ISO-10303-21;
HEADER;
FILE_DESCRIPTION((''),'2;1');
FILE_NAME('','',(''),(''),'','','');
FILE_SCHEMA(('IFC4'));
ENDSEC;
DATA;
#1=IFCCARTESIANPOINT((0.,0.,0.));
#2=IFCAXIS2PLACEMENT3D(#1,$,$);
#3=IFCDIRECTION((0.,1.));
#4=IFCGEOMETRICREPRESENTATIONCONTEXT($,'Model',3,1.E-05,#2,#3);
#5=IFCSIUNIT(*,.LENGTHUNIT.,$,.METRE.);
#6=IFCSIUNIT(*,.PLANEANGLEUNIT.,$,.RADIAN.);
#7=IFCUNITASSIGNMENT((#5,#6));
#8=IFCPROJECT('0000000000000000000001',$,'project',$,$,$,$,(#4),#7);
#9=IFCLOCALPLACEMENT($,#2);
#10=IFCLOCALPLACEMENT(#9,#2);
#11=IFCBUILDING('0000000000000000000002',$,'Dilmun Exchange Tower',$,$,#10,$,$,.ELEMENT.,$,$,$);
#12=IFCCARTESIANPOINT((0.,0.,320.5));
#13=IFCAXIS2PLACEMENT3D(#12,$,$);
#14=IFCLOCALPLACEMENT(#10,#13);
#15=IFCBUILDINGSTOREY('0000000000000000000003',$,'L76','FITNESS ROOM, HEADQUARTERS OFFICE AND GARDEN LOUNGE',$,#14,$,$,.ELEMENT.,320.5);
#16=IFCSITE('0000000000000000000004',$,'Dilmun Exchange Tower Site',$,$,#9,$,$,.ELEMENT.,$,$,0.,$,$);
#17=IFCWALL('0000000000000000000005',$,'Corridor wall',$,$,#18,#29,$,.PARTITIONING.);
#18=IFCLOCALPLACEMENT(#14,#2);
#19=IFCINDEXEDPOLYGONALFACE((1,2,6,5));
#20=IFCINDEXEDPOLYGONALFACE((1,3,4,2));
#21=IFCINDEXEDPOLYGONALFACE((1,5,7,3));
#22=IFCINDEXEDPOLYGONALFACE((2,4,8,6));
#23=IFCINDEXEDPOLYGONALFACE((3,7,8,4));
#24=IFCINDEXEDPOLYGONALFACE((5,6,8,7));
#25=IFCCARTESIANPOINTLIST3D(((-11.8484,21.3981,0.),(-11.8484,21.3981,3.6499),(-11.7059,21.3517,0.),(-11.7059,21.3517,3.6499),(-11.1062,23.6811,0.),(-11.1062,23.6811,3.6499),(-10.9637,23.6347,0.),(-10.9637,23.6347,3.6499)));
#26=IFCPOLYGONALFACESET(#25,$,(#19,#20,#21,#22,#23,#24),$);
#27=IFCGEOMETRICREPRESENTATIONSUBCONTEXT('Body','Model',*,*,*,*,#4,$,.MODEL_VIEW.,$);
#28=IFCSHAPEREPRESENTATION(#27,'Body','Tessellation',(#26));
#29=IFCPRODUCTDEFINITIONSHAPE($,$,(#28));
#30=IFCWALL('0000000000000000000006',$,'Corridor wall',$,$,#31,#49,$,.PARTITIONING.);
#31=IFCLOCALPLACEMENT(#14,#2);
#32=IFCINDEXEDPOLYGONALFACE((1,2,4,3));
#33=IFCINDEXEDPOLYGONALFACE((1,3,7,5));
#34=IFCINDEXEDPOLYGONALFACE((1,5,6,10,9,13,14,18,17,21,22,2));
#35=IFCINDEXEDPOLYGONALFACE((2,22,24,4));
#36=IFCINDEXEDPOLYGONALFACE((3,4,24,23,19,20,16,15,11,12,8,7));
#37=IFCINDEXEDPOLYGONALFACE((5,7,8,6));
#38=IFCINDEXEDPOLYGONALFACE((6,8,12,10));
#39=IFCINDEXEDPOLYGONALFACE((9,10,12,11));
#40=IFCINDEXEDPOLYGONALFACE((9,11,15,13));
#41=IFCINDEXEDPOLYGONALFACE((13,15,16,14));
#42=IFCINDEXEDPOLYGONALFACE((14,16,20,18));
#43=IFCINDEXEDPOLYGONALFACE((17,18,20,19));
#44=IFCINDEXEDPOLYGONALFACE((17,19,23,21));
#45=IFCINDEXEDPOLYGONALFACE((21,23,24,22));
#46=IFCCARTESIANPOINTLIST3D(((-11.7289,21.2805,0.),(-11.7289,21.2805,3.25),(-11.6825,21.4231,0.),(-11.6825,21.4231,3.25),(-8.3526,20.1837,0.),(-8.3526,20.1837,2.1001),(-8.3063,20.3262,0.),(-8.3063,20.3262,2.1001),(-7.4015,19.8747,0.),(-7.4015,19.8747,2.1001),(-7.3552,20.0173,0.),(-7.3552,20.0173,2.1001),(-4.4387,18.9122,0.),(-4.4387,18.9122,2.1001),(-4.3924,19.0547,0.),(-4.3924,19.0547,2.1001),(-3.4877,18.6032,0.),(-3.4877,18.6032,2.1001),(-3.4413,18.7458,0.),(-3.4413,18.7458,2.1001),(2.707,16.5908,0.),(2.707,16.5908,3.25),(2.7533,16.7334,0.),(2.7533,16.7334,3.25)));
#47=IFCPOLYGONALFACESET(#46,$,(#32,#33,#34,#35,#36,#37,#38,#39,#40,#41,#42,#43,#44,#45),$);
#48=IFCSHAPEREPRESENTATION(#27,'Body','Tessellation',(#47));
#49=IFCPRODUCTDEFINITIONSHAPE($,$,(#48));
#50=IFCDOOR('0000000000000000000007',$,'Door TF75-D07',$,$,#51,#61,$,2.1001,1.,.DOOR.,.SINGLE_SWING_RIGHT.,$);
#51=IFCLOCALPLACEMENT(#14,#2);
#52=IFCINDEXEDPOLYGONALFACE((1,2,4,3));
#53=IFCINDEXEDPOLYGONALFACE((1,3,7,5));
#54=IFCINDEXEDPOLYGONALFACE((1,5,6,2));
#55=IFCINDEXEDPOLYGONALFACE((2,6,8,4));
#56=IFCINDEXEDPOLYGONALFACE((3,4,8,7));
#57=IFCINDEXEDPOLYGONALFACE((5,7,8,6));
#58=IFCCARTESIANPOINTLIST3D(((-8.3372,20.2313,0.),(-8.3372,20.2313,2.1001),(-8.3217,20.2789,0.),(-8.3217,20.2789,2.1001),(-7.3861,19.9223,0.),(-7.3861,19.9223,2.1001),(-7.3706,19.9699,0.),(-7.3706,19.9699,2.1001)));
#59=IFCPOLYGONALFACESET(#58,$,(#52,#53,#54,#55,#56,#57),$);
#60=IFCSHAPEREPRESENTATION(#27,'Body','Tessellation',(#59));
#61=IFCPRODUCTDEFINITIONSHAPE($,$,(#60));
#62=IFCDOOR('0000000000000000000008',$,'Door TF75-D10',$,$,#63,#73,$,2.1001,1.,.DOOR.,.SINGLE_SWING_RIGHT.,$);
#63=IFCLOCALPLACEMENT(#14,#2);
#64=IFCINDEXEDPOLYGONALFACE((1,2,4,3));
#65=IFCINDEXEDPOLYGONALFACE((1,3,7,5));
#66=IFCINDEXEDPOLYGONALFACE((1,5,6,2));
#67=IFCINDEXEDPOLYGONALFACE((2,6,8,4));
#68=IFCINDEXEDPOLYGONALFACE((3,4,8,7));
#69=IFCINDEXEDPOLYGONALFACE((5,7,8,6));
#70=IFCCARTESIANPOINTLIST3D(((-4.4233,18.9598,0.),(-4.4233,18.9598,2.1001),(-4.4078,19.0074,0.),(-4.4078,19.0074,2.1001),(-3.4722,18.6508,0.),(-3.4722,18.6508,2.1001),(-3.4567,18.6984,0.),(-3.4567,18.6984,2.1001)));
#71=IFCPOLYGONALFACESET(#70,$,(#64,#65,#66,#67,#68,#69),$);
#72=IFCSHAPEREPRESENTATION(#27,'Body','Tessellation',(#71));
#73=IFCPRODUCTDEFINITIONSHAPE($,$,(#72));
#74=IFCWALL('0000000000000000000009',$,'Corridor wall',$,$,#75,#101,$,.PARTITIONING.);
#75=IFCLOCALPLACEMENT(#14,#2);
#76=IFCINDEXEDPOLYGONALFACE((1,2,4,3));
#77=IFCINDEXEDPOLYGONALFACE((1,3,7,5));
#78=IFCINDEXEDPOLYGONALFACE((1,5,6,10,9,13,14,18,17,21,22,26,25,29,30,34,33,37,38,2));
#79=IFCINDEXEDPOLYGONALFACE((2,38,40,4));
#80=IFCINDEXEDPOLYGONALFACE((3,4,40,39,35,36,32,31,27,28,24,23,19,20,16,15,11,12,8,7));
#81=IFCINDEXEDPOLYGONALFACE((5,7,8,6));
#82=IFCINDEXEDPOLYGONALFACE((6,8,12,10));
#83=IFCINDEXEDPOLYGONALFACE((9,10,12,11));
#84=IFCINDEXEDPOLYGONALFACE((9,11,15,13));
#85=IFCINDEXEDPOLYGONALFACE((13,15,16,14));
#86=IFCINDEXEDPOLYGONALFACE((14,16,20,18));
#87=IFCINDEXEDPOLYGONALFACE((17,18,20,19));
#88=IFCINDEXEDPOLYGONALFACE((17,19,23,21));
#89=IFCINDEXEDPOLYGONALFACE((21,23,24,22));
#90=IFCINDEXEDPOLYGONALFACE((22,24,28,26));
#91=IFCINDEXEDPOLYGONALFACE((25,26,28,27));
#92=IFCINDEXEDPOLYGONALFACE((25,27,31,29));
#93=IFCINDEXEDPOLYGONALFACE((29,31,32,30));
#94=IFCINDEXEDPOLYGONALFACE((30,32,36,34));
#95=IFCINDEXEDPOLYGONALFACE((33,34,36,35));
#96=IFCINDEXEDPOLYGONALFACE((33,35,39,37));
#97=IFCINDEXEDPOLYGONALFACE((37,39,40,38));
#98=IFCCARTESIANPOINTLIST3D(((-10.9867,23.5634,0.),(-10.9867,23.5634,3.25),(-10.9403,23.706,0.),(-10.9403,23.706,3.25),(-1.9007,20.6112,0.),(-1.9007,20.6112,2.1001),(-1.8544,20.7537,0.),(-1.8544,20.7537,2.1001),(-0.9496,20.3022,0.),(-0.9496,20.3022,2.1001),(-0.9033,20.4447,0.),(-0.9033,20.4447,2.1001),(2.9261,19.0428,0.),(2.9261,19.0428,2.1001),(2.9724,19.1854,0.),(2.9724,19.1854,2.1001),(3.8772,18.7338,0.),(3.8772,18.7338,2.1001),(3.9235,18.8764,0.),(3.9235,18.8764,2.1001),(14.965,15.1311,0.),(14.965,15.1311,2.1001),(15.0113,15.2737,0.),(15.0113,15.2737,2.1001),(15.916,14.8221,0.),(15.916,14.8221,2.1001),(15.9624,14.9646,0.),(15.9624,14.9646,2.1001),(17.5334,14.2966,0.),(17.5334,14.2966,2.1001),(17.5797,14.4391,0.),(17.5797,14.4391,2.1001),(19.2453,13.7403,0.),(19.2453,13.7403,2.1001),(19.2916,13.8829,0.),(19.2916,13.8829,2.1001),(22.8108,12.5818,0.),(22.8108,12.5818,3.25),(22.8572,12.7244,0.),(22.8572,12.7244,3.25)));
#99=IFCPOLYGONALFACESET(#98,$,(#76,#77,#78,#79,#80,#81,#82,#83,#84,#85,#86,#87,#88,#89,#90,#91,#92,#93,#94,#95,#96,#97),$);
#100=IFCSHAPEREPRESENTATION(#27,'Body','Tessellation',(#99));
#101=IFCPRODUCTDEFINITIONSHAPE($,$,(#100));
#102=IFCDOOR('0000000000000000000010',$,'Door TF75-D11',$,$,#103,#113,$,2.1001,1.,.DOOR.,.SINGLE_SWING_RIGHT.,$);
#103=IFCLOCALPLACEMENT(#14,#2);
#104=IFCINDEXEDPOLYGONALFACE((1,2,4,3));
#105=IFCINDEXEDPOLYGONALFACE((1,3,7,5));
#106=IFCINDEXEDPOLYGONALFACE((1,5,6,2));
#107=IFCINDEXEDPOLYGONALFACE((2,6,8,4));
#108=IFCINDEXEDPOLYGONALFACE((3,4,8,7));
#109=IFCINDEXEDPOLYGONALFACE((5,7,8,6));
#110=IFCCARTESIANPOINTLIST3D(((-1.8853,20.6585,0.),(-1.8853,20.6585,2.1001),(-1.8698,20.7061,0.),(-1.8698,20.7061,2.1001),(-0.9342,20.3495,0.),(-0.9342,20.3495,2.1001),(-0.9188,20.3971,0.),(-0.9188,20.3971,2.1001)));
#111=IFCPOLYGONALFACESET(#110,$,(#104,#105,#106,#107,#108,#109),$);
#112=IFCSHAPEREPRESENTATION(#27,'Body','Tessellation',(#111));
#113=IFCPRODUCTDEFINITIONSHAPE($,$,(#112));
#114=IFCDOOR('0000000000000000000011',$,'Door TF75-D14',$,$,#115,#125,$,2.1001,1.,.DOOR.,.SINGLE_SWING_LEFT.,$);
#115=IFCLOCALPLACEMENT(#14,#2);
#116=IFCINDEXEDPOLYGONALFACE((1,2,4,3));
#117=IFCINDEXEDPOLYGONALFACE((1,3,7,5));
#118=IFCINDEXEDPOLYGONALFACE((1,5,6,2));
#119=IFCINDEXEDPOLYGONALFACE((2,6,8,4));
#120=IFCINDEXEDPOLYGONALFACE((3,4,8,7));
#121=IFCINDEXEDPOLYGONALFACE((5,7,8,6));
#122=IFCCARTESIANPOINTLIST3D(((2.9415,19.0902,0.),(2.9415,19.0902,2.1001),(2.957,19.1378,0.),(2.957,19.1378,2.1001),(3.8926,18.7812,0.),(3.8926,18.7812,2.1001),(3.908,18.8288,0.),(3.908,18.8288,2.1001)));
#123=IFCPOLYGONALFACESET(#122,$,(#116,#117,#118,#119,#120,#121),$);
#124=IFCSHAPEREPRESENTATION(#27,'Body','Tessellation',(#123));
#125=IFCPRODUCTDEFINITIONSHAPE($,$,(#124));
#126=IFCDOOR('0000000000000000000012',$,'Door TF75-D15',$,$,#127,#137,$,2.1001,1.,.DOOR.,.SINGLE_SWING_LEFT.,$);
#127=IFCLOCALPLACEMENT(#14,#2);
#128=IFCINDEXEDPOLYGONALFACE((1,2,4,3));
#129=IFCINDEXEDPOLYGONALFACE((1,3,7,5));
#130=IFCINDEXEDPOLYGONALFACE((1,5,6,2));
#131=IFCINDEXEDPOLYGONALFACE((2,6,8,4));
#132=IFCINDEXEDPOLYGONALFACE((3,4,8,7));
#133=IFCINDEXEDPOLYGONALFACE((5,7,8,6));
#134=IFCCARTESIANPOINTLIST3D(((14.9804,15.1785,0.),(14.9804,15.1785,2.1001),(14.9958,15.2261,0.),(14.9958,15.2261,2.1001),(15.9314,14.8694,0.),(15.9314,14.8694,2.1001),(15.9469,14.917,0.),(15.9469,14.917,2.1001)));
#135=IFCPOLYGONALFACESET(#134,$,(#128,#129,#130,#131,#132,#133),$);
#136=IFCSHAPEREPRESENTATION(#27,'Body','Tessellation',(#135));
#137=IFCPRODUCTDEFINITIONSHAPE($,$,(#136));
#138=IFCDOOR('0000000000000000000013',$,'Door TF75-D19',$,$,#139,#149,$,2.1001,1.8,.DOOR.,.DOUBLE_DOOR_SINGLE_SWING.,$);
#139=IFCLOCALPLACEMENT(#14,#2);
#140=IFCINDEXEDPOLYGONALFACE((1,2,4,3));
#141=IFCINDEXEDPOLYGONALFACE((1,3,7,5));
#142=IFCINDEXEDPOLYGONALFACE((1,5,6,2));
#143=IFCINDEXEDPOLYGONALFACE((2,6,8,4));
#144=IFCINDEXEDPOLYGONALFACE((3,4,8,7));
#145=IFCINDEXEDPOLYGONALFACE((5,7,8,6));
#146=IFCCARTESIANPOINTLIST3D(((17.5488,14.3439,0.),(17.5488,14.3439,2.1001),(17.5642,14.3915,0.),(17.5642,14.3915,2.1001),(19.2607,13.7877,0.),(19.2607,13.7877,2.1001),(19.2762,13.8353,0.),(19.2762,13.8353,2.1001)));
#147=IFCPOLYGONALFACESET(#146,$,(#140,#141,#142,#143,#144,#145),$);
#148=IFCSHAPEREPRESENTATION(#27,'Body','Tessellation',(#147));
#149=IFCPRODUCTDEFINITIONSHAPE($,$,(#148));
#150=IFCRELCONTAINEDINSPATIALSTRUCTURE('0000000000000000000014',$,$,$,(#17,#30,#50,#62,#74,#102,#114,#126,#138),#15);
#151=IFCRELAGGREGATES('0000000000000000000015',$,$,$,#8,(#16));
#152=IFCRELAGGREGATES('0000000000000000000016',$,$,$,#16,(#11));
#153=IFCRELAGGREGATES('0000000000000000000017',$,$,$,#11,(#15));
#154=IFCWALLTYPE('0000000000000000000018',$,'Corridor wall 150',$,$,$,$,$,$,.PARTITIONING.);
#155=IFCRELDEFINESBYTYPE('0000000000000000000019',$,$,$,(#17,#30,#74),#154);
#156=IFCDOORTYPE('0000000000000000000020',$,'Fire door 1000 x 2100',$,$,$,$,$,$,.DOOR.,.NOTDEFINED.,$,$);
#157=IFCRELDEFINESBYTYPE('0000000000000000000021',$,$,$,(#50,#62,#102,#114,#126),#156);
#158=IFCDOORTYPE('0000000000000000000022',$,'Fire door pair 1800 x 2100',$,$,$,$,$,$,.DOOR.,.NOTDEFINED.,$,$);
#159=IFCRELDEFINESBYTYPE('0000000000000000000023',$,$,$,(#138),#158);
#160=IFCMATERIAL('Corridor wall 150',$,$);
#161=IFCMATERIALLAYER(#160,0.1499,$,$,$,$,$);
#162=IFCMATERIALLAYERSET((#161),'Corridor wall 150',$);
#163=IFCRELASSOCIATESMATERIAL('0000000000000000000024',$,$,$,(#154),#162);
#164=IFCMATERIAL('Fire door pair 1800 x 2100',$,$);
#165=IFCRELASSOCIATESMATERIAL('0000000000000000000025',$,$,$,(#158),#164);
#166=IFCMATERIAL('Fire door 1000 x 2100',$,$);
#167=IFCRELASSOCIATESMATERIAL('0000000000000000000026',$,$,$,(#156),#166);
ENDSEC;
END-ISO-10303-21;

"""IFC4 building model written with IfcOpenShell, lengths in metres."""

from ifc_helpers import new_model, si_unit, direction, frame, frame_2d, origin, place, context, subcontext, project, spatial, rectangle, extrude, material, layer, layer_set, type_object, element, fill, save


model = new_model("IFC4")

# Units and contexts
model_context = context("Model", 3, precision=1e-05, world=origin(), true_north=direction((0.0, 1.0)))
body_context = subcontext(model_context, "Body", "Model", "MODEL_VIEW")
ifc_project = project(units=[si_unit("LENGTHUNIT", "METRE"), si_unit("PLANEANGLEUNIT", "RADIAN")], contexts=[model_context])

# Site, building, storey
site_placement = place(None, origin())
site = spatial("IfcSite", under=ifc_project, at=site_placement, Name="Dilmun Exchange Tower Site", CompositionType="ELEMENT", RefElevation=0.0)
building_placement = place(site_placement, origin())
building = spatial("IfcBuilding", under=site, at=building_placement, Name="Dilmun Exchange Tower", CompositionType="ELEMENT")
storey_placement = place(building_placement, frame((0.0, 0.0, 320.5)))
storey = spatial("IfcBuildingStorey", under=building, at=storey_placement, Name="L76", Description="FITNESS ROOM, HEADQUARTERS OFFICE AND GARDEN LOUNGE", CompositionType="ELEMENT", Elevation=320.5)

# Shared definitions
ifc_material_1 = material(Name="Corridor wall 150")
ifc_layer = layer(ifc_material_1, 0.1499)
ifc_layer_set = layer_set([ifc_layer], Name="Corridor wall 150")
wall_type = type_object("IfcWallType", Name="Corridor wall 150", PredefinedType="PARTITIONING", material=ifc_layer_set)

# Shared definitions
ifc_material_2 = material(Name="Fire door pair 1800 x 2100")
door_type_1 = type_object("IfcDoorType", Name="Fire door pair 1800 x 2100", OperationType="NOTDEFINED", PredefinedType="DOOR", material=ifc_material_2)

# Wall
wall_1_placement = place(storey_placement, frame((-11.7771, 21.375, 0.0), z_axis=(0.0, 0.0, 1.0), x_axis=(0.309171, 0.951006, 0.0)))
element("IfcWall", 1, at=wall_1_placement, inside=storey, type_object=wall_type, Name="Corridor wall", PredefinedType="PARTITIONING", context=body_context, shape_type="SweptSolid", body=[
    extrude(rectangle(XDim=2.4006, YDim=0.1499, at=frame_2d((1.2002, 0.0))), origin(), (0.0, 0.0, 1.0), 3.6499),
])

# Walls, openings, doors
wall_2_placement = place(storey_placement, frame((-11.7058, 21.3518, 0.0), z_axis=(0.0, 0.0, 1.0), x_axis=(0.951072, -0.308971, 0.0)))
wall_2 = element("IfcWall", 2, at=wall_2_placement, inside=storey, type_object=wall_type, Name="Corridor wall", PredefinedType="PARTITIONING", context=body_context, shape_type="SweptSolid", body=[
    extrude(rectangle(XDim=15.1785, YDim=0.1499, at=frame_2d((7.5894, 0.0))), origin(), (0.0, 0.0, 1.0), 3.25),
])
opening_1_placement = place(wall_2_placement, frame((3.55, 0.0, 0.0)))
opening_1 = element("IfcOpeningElement", 3, at=opening_1_placement, cuts=wall_2, PredefinedType="OPENING", context=body_context, shape_type="SweptSolid", body=[
    extrude(rectangle(XDim=1.0, YDim=2.1001, at=frame_2d((0.5, 1.05))), frame((0.0, 0.085, 0.0), z_axis=(0.0, -1.0, 0.0), x_axis=(1.0, 0.0, 0.0)), (0.0, 0.0, 1.0), 0.1699),
])
opening_2_placement = place(wall_2_placement, frame((7.6653, 0.0, 0.0)))
opening_2 = element("IfcOpeningElement", 4, at=opening_2_placement, cuts=wall_2, PredefinedType="OPENING", context=body_context, shape_type="SweptSolid", body=[
    extrude(rectangle(XDim=1.0, YDim=2.1001, at=frame_2d((0.5, 1.05))), frame((0.0, 0.085, 0.0), z_axis=(0.0, -1.0, 0.0), x_axis=(1.0, 0.0, 0.0)), (0.0, 0.0, 1.0), 0.1699),
])
ifc_material_3 = material(Name="Fire door 1000 x 2100")
door_type_2 = type_object("IfcDoorType", Name="Fire door 1000 x 2100", OperationType="NOTDEFINED", PredefinedType="DOOR", material=ifc_material_3)
door_1_placement = place(opening_1_placement, frame((1.0, 0.0, 0.0), z_axis=(0.0, 0.0, 1.0), x_axis=(-1.0, 0.0, 0.0)))
door_1 = element("IfcDoor", 5, at=door_1_placement, inside=storey, type_object=door_type_2, Name="Door TF75-D07", OperationType="SINGLE_SWING_RIGHT", OverallHeight=2.1001, OverallWidth=1.0, PredefinedType="DOOR", context=body_context, shape_type="SweptSolid", body=[
    extrude(rectangle(XDim=1.0, YDim=2.1001, at=frame_2d((0.5, 1.05))), frame((0.0, 0.0249, 0.0), z_axis=(0.0, -1.0, 0.0), x_axis=(1.0, 0.0, 0.0)), (0.0, 0.0, 1.0), 0.05),
])
fill(opening_1, door_1)
door_2_placement = place(opening_2_placement, frame((1.0, 0.0, 0.0), z_axis=(0.0, 0.0, 1.0), x_axis=(-1.0, 0.0, 0.0)))
door_2 = element("IfcDoor", 6, at=door_2_placement, inside=storey, type_object=door_type_2, Name="Door TF75-D10", OperationType="SINGLE_SWING_RIGHT", OverallHeight=2.1001, OverallWidth=1.0, PredefinedType="DOOR", context=body_context, shape_type="SweptSolid", body=[
    extrude(rectangle(XDim=1.0, YDim=2.1001, at=frame_2d((0.5, 1.05))), frame((0.0, 0.0249, 0.0), z_axis=(0.0, -1.0, 0.0), x_axis=(1.0, 0.0, 0.0)), (0.0, 0.0, 1.0), 0.05),
])
fill(opening_2, door_2)
wall_3_placement = place(storey_placement, frame((-10.9636, 23.6348, 0.0), z_axis=(0.0, 0.0, 1.0), x_axis=(0.951055, -0.309022, 0.0)))
wall_3 = element("IfcWall", 7, at=wall_3_placement, inside=storey, type_object=wall_type, Name="Corridor wall", PredefinedType="PARTITIONING", context=body_context, shape_type="SweptSolid", body=[
    extrude(rectangle(XDim=35.5369, YDim=0.1499, at=frame_2d((17.7686, 0.0))), origin(), (0.0, 0.0, 1.0), 3.25),
])
opening_3_placement = place(wall_3_placement, frame((9.5537, 0.0, 0.0)))
opening_3 = element("IfcOpeningElement", 8, at=opening_3_placement, cuts=wall_3, PredefinedType="OPENING", context=body_context, shape_type="SweptSolid", body=[
    extrude(rectangle(XDim=1.0, YDim=2.1001, at=frame_2d((0.5, 1.05))), frame((0.0, 0.085, 0.0), z_axis=(0.0, -1.0, 0.0), x_axis=(1.0, 0.0, 0.0)), (0.0, 0.0, 1.0), 0.1699),
])
opening_4_placement = place(wall_3_placement, frame((14.6289, 0.0, 0.0)))
opening_4 = element("IfcOpeningElement", 9, at=opening_4_placement, cuts=wall_3, PredefinedType="OPENING", context=body_context, shape_type="SweptSolid", body=[
    extrude(rectangle(XDim=1.0, YDim=2.1001, at=frame_2d((0.5, 1.05))), frame((0.0, 0.085, 0.0), z_axis=(0.0, -1.0, 0.0), x_axis=(1.0, 0.0, 0.0)), (0.0, 0.0, 1.0), 0.1699),
])
opening_5_placement = place(wall_3_placement, frame((27.2874, 0.0, 0.0)))
opening_5 = element("IfcOpeningElement", 10, at=opening_5_placement, cuts=wall_3, PredefinedType="OPENING", context=body_context, shape_type="SweptSolid", body=[
    extrude(rectangle(XDim=1.0, YDim=2.1001, at=frame_2d((0.5, 1.05))), frame((0.0, 0.085, 0.0), z_axis=(0.0, -1.0, 0.0), x_axis=(1.0, 0.0, 0.0)), (0.0, 0.0, 1.0), 0.1699),
])
opening_6_placement = place(wall_3_placement, frame((29.988, 0.0, 0.0)))
opening_6 = element("IfcOpeningElement", 11, at=opening_6_placement, cuts=wall_3, PredefinedType="OPENING", context=body_context, shape_type="SweptSolid", body=[
    extrude(rectangle(XDim=1.8, YDim=2.1001, at=frame_2d((0.8999, 1.05))), frame((0.0, 0.085, 0.0), z_axis=(0.0, -1.0, 0.0), x_axis=(1.0, 0.0, 0.0)), (0.0, 0.0, 1.0), 0.1699),
])
door_3_placement = place(opening_3_placement, origin())
door_3 = element("IfcDoor", 12, at=door_3_placement, inside=storey, type_object=door_type_2, Name="Door TF75-D11", OperationType="SINGLE_SWING_RIGHT", OverallHeight=2.1001, OverallWidth=1.0, PredefinedType="DOOR", context=body_context, shape_type="SweptSolid", body=[
    extrude(rectangle(XDim=1.0, YDim=2.1001, at=frame_2d((0.5, 1.05))), frame((0.0, 0.0249, 0.0), z_axis=(0.0, -1.0, 0.0), x_axis=(1.0, 0.0, 0.0)), (0.0, 0.0, 1.0), 0.05),
])
fill(opening_3, door_3)
door_4_placement = place(opening_4_placement, origin())
door_4 = element("IfcDoor", 13, at=door_4_placement, inside=storey, type_object=door_type_2, Name="Door TF75-D14", OperationType="SINGLE_SWING_LEFT", OverallHeight=2.1001, OverallWidth=1.0, PredefinedType="DOOR", context=body_context, shape_type="SweptSolid", body=[
    extrude(rectangle(XDim=1.0, YDim=2.1001, at=frame_2d((0.5, 1.05))), frame((0.0, 0.0249, 0.0), z_axis=(0.0, -1.0, 0.0), x_axis=(1.0, 0.0, 0.0)), (0.0, 0.0, 1.0), 0.05),
])
fill(opening_4, door_4)
door_5_placement = place(opening_5_placement, origin())
door_5 = element("IfcDoor", 14, at=door_5_placement, inside=storey, type_object=door_type_2, Name="Door TF75-D15", OperationType="SINGLE_SWING_LEFT", OverallHeight=2.1001, OverallWidth=1.0, PredefinedType="DOOR", context=body_context, shape_type="SweptSolid", body=[
    extrude(rectangle(XDim=1.0, YDim=2.1001, at=frame_2d((0.5, 1.05))), frame((0.0, 0.0249, 0.0), z_axis=(0.0, -1.0, 0.0), x_axis=(1.0, 0.0, 0.0)), (0.0, 0.0, 1.0), 0.05),
])
fill(opening_5, door_5)
door_6_placement = place(opening_6_placement, origin())
door_6 = element("IfcDoor", 15, at=door_6_placement, inside=storey, type_object=door_type_1, Name="Door TF75-D19", OperationType="DOUBLE_DOOR_SINGLE_SWING", OverallHeight=2.1001, OverallWidth=1.8, PredefinedType="DOOR", context=body_context, shape_type="SweptSolid", body=[
    extrude(rectangle(XDim=1.8, YDim=2.1001, at=frame_2d((0.8999, 1.05))), frame((0.0, 0.0249, 0.0), z_axis=(0.0, -1.0, 0.0), x_axis=(1.0, 0.0, 0.0)), (0.0, 0.0, 1.0), 0.05),
])
fill(opening_6, door_6)

save(model, "model.ifc")
